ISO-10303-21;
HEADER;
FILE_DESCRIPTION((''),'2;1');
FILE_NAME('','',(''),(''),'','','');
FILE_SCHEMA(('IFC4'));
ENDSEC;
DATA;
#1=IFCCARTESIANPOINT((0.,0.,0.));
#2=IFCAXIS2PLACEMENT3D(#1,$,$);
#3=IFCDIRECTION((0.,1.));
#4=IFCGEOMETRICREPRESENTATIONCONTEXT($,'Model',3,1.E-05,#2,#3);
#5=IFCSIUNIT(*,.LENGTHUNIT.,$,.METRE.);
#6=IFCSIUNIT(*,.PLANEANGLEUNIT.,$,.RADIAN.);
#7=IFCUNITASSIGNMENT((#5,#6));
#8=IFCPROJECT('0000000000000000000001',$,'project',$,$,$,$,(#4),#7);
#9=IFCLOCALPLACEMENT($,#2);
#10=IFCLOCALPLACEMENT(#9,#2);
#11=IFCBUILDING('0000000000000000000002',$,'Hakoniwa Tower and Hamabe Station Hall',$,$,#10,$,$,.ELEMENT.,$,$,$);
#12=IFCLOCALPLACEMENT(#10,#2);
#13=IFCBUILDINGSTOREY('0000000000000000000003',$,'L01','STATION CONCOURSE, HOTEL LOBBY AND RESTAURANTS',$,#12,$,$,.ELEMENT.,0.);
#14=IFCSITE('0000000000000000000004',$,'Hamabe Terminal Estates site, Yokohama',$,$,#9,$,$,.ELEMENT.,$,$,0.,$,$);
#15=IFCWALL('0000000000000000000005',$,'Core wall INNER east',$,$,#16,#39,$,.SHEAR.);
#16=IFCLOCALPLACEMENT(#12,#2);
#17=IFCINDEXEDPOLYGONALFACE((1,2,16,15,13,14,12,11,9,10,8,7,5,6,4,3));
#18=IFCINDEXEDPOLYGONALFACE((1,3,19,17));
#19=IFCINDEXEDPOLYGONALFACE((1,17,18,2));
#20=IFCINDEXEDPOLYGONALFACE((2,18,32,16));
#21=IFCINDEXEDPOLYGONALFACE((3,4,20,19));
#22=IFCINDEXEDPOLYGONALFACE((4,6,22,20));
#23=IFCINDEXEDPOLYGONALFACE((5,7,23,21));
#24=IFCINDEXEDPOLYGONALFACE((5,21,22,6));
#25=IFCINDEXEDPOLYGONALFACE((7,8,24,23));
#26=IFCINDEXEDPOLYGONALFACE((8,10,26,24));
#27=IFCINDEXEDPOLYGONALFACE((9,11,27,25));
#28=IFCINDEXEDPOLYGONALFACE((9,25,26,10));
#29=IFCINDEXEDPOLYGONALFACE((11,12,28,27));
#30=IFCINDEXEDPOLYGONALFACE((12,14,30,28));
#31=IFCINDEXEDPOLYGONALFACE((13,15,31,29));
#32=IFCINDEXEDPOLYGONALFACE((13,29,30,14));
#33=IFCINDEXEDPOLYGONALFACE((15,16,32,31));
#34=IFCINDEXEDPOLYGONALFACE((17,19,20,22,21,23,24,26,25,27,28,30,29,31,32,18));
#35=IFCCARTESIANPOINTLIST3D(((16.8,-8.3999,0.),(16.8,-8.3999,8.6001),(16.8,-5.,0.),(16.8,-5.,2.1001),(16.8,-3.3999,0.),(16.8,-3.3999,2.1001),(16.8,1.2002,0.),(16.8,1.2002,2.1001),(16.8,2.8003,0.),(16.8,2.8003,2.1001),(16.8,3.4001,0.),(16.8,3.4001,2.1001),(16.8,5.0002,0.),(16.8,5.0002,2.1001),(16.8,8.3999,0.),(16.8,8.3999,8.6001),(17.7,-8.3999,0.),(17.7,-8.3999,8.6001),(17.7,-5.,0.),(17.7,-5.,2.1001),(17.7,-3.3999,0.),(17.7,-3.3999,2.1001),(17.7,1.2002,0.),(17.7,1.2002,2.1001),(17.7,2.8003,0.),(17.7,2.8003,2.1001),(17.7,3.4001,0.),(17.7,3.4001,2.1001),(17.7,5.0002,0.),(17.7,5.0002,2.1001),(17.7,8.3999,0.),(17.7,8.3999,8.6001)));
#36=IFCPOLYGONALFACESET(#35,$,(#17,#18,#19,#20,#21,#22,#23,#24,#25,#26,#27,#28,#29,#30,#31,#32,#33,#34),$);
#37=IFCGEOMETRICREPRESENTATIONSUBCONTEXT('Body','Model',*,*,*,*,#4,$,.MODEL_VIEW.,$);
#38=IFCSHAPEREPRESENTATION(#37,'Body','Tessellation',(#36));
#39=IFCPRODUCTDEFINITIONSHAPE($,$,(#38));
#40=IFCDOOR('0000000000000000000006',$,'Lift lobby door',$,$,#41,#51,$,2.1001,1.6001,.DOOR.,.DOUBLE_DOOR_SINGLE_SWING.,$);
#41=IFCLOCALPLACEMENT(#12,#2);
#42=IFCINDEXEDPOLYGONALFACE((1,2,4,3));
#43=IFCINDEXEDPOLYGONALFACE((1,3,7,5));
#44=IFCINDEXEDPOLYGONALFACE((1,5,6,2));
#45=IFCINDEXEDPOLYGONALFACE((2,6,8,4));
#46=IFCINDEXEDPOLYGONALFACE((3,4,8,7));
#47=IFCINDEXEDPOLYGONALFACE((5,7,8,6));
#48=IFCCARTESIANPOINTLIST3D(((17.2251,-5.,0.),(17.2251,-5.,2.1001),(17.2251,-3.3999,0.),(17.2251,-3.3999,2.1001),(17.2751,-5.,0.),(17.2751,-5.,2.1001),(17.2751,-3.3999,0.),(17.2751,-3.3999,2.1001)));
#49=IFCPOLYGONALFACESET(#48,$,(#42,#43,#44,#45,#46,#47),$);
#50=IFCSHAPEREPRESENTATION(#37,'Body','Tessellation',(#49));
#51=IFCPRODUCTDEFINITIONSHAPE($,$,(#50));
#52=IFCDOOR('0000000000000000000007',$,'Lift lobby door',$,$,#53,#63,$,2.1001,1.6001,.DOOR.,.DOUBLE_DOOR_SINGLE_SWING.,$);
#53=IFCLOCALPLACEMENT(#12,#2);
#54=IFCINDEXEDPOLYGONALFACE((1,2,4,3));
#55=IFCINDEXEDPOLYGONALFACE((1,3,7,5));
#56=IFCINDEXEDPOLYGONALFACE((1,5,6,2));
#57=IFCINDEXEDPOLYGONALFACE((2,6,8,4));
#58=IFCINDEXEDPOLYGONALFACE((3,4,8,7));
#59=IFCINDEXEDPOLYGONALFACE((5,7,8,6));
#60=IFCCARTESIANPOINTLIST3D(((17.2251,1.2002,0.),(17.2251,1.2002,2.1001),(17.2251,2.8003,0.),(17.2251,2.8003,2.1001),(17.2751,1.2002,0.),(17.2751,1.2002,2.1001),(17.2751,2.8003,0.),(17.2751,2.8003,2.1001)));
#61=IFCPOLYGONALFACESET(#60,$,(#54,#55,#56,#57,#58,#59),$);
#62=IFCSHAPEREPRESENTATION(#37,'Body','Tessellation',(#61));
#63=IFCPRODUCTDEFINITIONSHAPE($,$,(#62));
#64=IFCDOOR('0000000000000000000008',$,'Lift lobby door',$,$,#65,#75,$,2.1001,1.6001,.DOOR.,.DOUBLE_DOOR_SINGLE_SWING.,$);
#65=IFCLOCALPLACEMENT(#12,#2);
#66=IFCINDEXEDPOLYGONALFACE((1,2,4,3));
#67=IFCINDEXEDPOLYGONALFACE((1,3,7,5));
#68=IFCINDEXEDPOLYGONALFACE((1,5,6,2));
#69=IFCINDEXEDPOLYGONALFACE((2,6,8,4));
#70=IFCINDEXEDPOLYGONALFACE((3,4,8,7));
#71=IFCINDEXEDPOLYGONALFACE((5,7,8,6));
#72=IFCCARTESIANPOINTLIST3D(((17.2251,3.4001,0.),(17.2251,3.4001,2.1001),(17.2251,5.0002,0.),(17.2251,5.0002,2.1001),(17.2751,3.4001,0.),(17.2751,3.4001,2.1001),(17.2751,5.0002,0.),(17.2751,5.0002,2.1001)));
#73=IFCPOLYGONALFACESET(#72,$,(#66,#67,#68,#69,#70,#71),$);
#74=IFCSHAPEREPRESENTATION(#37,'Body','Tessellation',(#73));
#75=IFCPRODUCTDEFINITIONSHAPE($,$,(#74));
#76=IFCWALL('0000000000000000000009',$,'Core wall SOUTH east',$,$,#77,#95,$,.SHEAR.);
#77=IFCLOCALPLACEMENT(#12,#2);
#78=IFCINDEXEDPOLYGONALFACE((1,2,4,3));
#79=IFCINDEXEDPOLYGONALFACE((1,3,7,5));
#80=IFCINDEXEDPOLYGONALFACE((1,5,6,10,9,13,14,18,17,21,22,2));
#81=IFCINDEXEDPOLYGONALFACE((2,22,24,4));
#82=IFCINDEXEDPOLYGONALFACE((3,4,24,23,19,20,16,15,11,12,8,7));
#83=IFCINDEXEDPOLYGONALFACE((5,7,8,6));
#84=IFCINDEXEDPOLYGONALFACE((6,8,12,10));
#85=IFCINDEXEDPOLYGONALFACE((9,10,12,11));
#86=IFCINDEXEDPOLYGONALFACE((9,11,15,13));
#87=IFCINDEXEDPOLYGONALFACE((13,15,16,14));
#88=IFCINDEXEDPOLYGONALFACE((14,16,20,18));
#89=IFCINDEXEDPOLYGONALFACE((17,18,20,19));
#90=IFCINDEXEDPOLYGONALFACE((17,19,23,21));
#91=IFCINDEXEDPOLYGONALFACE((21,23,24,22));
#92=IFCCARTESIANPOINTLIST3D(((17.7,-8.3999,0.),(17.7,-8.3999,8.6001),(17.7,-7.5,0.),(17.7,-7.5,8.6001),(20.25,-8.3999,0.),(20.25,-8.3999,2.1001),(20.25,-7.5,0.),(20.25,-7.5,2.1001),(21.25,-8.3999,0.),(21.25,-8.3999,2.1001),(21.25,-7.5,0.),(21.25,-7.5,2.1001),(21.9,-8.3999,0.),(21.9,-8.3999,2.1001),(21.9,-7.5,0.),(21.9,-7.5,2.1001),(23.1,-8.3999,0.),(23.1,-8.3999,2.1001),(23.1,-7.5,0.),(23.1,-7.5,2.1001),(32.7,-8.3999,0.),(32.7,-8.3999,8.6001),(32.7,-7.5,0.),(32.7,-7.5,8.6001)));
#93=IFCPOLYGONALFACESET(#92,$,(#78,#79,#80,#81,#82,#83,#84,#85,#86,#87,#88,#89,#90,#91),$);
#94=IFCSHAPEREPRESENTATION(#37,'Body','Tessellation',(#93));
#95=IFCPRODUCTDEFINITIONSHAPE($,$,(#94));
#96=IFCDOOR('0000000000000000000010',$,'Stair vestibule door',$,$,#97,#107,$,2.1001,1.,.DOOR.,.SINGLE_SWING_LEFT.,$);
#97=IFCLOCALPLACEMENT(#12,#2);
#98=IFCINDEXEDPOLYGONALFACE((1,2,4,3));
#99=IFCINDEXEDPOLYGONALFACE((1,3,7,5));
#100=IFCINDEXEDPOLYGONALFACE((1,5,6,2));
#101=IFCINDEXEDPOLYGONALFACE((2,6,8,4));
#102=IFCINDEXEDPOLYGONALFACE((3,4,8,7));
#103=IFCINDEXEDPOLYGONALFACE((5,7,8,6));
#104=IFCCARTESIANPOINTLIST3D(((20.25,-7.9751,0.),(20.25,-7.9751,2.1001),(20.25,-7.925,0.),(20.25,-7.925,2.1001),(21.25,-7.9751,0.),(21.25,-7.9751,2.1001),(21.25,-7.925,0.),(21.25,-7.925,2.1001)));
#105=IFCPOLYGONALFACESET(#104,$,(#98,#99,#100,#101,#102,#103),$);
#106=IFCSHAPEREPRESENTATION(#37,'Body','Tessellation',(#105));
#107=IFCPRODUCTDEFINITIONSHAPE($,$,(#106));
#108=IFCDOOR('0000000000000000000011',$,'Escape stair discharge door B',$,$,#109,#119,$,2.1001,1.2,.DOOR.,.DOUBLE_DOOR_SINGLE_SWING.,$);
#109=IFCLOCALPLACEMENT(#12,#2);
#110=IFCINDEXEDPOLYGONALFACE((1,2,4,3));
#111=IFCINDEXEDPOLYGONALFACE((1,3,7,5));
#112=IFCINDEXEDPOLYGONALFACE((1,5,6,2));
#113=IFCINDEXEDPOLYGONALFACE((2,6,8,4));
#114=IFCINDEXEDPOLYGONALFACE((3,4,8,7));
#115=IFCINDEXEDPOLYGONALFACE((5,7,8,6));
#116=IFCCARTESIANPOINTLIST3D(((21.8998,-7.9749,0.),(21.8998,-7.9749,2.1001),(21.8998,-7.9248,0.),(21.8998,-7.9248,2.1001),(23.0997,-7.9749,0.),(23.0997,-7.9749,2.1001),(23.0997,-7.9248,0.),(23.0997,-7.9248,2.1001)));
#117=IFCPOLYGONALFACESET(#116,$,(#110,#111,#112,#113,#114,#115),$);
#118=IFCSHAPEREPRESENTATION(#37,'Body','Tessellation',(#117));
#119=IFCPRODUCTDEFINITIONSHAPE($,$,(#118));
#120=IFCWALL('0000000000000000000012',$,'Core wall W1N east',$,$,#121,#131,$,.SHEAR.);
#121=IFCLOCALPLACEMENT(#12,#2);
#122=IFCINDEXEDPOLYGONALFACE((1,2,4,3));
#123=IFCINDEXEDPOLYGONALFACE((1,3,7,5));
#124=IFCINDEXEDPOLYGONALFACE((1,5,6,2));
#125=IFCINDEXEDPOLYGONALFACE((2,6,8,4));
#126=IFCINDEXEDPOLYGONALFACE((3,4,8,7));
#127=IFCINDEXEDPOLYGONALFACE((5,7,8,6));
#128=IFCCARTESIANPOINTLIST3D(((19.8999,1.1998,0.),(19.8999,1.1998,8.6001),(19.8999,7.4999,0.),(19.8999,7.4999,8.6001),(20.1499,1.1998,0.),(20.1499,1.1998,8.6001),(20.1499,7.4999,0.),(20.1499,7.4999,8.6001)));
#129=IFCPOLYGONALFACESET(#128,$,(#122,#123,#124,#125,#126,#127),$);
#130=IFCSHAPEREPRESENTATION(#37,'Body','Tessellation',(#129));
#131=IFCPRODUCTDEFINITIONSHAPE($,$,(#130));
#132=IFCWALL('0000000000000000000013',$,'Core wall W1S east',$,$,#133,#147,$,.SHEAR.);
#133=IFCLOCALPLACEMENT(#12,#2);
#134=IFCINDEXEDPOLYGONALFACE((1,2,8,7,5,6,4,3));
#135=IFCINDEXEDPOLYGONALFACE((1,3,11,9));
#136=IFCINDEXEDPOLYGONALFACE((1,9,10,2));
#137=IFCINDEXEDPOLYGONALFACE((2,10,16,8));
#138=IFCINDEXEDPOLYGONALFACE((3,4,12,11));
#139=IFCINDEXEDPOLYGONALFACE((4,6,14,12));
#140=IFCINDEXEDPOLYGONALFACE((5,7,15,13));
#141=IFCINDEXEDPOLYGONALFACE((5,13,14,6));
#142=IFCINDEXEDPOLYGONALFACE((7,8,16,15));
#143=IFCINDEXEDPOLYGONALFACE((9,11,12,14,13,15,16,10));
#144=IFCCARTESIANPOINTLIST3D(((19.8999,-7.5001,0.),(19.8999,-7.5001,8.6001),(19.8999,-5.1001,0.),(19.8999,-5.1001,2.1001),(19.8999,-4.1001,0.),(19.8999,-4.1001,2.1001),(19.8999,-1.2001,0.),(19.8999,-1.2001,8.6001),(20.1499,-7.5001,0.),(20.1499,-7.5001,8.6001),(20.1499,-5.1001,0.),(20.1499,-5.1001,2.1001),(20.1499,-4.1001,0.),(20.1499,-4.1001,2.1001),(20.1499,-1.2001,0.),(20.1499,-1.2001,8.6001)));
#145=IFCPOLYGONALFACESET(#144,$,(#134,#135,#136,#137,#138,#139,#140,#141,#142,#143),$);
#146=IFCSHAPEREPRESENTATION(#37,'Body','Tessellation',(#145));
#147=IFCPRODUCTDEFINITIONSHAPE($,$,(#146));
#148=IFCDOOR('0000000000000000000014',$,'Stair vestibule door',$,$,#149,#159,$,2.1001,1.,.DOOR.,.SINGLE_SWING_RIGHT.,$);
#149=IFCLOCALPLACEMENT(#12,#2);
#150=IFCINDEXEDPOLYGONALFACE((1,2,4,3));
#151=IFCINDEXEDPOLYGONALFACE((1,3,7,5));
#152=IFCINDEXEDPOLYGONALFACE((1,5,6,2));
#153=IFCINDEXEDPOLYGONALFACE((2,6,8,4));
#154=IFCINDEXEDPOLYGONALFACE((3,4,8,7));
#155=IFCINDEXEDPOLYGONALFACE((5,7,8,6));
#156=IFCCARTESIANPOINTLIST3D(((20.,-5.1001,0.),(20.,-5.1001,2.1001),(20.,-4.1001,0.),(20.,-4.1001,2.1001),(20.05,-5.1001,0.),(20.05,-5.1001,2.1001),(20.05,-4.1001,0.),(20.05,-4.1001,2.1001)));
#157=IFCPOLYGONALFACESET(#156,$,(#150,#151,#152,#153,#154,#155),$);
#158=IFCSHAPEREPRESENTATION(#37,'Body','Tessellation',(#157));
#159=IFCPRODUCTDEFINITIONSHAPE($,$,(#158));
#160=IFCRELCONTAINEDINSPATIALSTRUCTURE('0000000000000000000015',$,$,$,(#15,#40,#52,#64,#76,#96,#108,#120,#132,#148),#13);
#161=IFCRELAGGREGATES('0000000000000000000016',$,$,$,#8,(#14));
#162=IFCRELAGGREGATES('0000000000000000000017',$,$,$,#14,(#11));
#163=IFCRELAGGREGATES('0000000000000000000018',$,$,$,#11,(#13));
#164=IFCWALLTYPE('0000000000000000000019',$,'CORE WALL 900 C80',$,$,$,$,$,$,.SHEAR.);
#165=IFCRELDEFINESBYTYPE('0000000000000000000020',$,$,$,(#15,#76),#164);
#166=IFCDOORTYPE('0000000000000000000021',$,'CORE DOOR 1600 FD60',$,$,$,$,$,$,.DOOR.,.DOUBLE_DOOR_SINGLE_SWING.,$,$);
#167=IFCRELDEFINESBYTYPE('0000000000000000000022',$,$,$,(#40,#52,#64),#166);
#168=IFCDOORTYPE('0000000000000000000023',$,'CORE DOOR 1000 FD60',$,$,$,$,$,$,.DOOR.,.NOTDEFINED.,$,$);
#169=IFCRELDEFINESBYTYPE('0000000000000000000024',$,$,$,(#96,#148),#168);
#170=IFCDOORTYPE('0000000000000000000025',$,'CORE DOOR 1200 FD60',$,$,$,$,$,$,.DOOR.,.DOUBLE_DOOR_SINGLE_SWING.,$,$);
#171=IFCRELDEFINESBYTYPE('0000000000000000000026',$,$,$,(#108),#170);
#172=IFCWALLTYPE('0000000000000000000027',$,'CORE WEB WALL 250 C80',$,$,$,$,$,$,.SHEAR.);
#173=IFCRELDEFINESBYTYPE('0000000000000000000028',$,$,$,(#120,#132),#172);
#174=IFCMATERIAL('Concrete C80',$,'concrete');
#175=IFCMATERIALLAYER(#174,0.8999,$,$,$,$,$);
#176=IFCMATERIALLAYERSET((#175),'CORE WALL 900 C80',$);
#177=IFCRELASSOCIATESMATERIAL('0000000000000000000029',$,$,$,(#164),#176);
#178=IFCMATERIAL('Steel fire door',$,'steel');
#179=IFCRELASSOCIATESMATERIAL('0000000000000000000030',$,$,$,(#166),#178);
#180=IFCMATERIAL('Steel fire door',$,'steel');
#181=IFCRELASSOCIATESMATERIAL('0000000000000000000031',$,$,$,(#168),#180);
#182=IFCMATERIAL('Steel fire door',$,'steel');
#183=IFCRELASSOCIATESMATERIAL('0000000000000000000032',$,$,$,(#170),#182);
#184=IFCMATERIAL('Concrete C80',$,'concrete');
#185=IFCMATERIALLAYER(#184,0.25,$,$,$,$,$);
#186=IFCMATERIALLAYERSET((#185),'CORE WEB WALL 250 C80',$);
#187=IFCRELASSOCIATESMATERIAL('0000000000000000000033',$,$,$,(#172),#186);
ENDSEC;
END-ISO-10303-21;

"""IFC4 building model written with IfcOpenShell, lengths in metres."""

from ifc_helpers import new_model, si_unit, direction, frame, frame_2d, origin, place, context, subcontext, project, spatial, rectangle, extrude, material, layer, layer_set, type_object, element, fill, save


model = new_model("IFC4")

# Units and contexts
model_context = context("Model", 3, precision=1e-05, world=origin(), true_north=direction((0.0, 1.0)))
body_context = subcontext(model_context, "Body", "Model", "MODEL_VIEW")
ifc_project = project(units=[si_unit("LENGTHUNIT", "METRE"), si_unit("PLANEANGLEUNIT", "RADIAN")], contexts=[model_context])

# Site, building, storey
site_placement = place(None, origin())
site = spatial("IfcSite", under=ifc_project, at=site_placement, Name="Hamabe Terminal Estates site, Yokohama", CompositionType="ELEMENT", RefElevation=0.0)
building_placement = place(site_placement, origin())
building = spatial("IfcBuilding", under=site, at=building_placement, Name="Hakoniwa Tower and Hamabe Station Hall", CompositionType="ELEMENT")
storey_placement = place(building_placement, origin())
storey = spatial("IfcBuildingStorey", under=building, at=storey_placement, Name="L01", Description="STATION CONCOURSE, HOTEL LOBBY AND RESTAURANTS", CompositionType="ELEMENT", Elevation=0.0)

# Walls, openings, doors
ifc_material_1 = material(Name="Concrete C80", Category="concrete")
ifc_layer_1 = layer(ifc_material_1, 0.8999)
ifc_layer_set_1 = layer_set([ifc_layer_1], Name="CORE WALL 900 C80")
wall_type_1 = type_object("IfcWallType", Name="CORE WALL 900 C80", PredefinedType="SHEAR", material=ifc_layer_set_1)
wall_1_placement = place(storey_placement, frame((17.25, -8.3999, 0.0), z_axis=(0.0, 0.0, 1.0), x_axis=(0.0, 1.0, 0.0)))
wall_1 = element("IfcWall", 1, at=wall_1_placement, inside=storey, type_object=wall_type_1, Name="Core wall INNER east", PredefinedType="SHEAR", context=body_context, shape_type="SweptSolid", body=[
    extrude(rectangle(XDim=16.7998, YDim=0.8999, at=frame_2d((8.3999, 0.0))), origin(), (0.0, 0.0, 1.0), 8.6001),
])
opening_1_placement = place(wall_1_placement, frame((3.3999, 0.0, 0.0)))
opening_1 = element("IfcOpeningElement", 2, at=opening_1_placement, cuts=wall_1, PredefinedType="OPENING", context=body_context, shape_type="SweptSolid", body=[
    extrude(rectangle(XDim=1.6001, YDim=2.1001, at=frame_2d((0.8, 1.05))), frame((0.0, 0.46, 0.0), z_axis=(0.0, -1.0, 0.0), x_axis=(1.0, 0.0, 0.0)), (0.0, 0.0, 1.0), 0.9199),
])
opening_2_placement = place(wall_1_placement, frame((9.6001, 0.0, 0.0)))
opening_2 = element("IfcOpeningElement", 3, at=opening_2_placement, cuts=wall_1, PredefinedType="OPENING", context=body_context, shape_type="SweptSolid", body=[
    extrude(rectangle(XDim=1.6001, YDim=2.1001, at=frame_2d((0.8, 1.05))), frame((0.0, 0.46, 0.0), z_axis=(0.0, -1.0, 0.0), x_axis=(1.0, 0.0, 0.0)), (0.0, 0.0, 1.0), 0.9199),
])
opening_3_placement = place(wall_1_placement, frame((11.8, 0.0, 0.0)))
opening_3 = element("IfcOpeningElement", 4, at=opening_3_placement, cuts=wall_1, PredefinedType="OPENING", context=body_context, shape_type="SweptSolid", body=[
    extrude(rectangle(XDim=1.6001, YDim=2.1001, at=frame_2d((0.8, 1.05))), frame((0.0, 0.46, 0.0), z_axis=(0.0, -1.0, 0.0), x_axis=(1.0, 0.0, 0.0)), (0.0, 0.0, 1.0), 0.9199),
])
ifc_material_2 = material(Name="Steel fire door", Category="steel")
door_type_1 = type_object("IfcDoorType", Name="CORE DOOR 1600 FD60", OperationType="DOUBLE_DOOR_SINGLE_SWING", PredefinedType="DOOR", material=ifc_material_2)
door_1_placement = place(opening_1_placement, origin())
door_1 = element("IfcDoor", 5, at=door_1_placement, inside=storey, type_object=door_type_1, Name="Lift lobby door", OperationType="DOUBLE_DOOR_SINGLE_SWING", OverallHeight=2.1001, OverallWidth=1.6001, PredefinedType="DOOR", context=body_context, shape_type="SweptSolid", body=[
    extrude(rectangle(XDim=1.6001, YDim=2.1001, at=frame_2d((0.8, 1.05))), frame((0.0, 0.0249, 0.0), z_axis=(0.0, -1.0, 0.0), x_axis=(1.0, 0.0, 0.0)), (0.0, 0.0, 1.0), 0.05),
])
fill(opening_1, door_1)
door_2_placement = place(opening_2_placement, origin())
door_2 = element("IfcDoor", 6, at=door_2_placement, inside=storey, type_object=door_type_1, Name="Lift lobby door", OperationType="DOUBLE_DOOR_SINGLE_SWING", OverallHeight=2.1001, OverallWidth=1.6001, PredefinedType="DOOR", context=body_context, shape_type="SweptSolid", body=[
    extrude(rectangle(XDim=1.6001, YDim=2.1001, at=frame_2d((0.8, 1.05))), frame((0.0, 0.0249, 0.0), z_axis=(0.0, -1.0, 0.0), x_axis=(1.0, 0.0, 0.0)), (0.0, 0.0, 1.0), 0.05),
])
fill(opening_2, door_2)
door_3_placement = place(opening_3_placement, origin())
door_3 = element("IfcDoor", 7, at=door_3_placement, inside=storey, type_object=door_type_1, Name="Lift lobby door", OperationType="DOUBLE_DOOR_SINGLE_SWING", OverallHeight=2.1001, OverallWidth=1.6001, PredefinedType="DOOR", context=body_context, shape_type="SweptSolid", body=[
    extrude(rectangle(XDim=1.6001, YDim=2.1001, at=frame_2d((0.8, 1.05))), frame((0.0, 0.0249, 0.0), z_axis=(0.0, -1.0, 0.0), x_axis=(1.0, 0.0, 0.0)), (0.0, 0.0, 1.0), 0.05),
])
fill(opening_3, door_3)
wall_2_placement = place(storey_placement, frame((17.7, -7.95, 0.0), z_axis=(0.0, 0.0, 1.0), x_axis=(1.0, 0.0, 0.0)))
wall_2 = element("IfcWall", 8, at=wall_2_placement, inside=storey, type_object=wall_type_1, Name="Core wall SOUTH east", PredefinedType="SHEAR", context=body_context, shape_type="SweptSolid", body=[
    extrude(rectangle(XDim=15.0, YDim=0.8999, at=frame_2d((7.5, 0.0))), origin(), (0.0, 0.0, 1.0), 8.6001),
])
opening_4_placement = place(wall_2_placement, frame((2.55, 0.0, 0.0)))
opening_4 = element("IfcOpeningElement", 9, at=opening_4_placement, cuts=wall_2, PredefinedType="OPENING", context=body_context, shape_type="SweptSolid", body=[
    extrude(rectangle(XDim=1.0, YDim=2.1001, at=frame_2d((0.5, 1.05))), frame((0.0, 0.46, 0.0), z_axis=(0.0, -1.0, 0.0), x_axis=(1.0, 0.0, 0.0)), (0.0, 0.0, 1.0), 0.9199),
])
opening_5_placement = place(wall_2_placement, frame((4.2, 0.0, 0.0)))
opening_5 = element("IfcOpeningElement", 10, at=opening_5_placement, cuts=wall_2, PredefinedType="OPENING", context=body_context, shape_type="SweptSolid", body=[
    extrude(rectangle(XDim=1.2, YDim=2.1001, at=frame_2d((0.6001, 1.05))), frame((0.0, 0.46, 0.0), z_axis=(0.0, -1.0, 0.0), x_axis=(1.0, 0.0, 0.0)), (0.0, 0.0, 1.0), 0.9199),
])
ifc_material_3 = material(Name="Steel fire door", Category="steel")
door_type_2 = type_object("IfcDoorType", Name="CORE DOOR 1000 FD60", OperationType="NOTDEFINED", PredefinedType="DOOR", material=ifc_material_3)
door_4_placement = place(opening_4_placement, origin())
door_4 = element("IfcDoor", 11, at=door_4_placement, inside=storey, type_object=door_type_2, Name="Stair vestibule door", OperationType="SINGLE_SWING_LEFT", OverallHeight=2.1001, OverallWidth=1.0, PredefinedType="DOOR", context=body_context, shape_type="SweptSolid", body=[
    extrude(rectangle(XDim=1.0, YDim=2.1001, at=frame_2d((0.5, 1.05))), frame((0.0, 0.0249, 0.0), z_axis=(0.0, -1.0, 0.0), x_axis=(1.0, 0.0, 0.0)), (0.0, 0.0, 1.0), 0.05),
])
fill(opening_4, door_4)
ifc_material_4 = material(Name="Steel fire door", Category="steel")
door_type_3 = type_object("IfcDoorType", Name="CORE DOOR 1200 FD60", OperationType="DOUBLE_DOOR_SINGLE_SWING", PredefinedType="DOOR", material=ifc_material_4)
door_5_placement = place(opening_5_placement, frame((1.2, 0.0, 0.0), z_axis=(0.0, 0.0, 1.0), x_axis=(-1.0, 0.0, 0.0)))
door_5 = element("IfcDoor", 12, at=door_5_placement, inside=storey, type_object=door_type_3, Name="Escape stair discharge door B", OperationType="DOUBLE_DOOR_SINGLE_SWING", OverallHeight=2.1001, OverallWidth=1.2, PredefinedType="DOOR", context=body_context, shape_type="SweptSolid", body=[
    extrude(rectangle(XDim=1.2, YDim=2.1001, at=frame_2d((0.6001, 1.05))), frame((0.0, 0.0249, 0.0), z_axis=(0.0, -1.0, 0.0), x_axis=(1.0, 0.0, 0.0)), (0.0, 0.0, 1.0), 0.05),
])
fill(opening_5, door_5)

# Wall
ifc_material_5 = material(Name="Concrete C80", Category="concrete")
ifc_layer_2 = layer(ifc_material_5, 0.25)
ifc_layer_set_2 = layer_set([ifc_layer_2], Name="CORE WEB WALL 250 C80")
wall_type_2 = type_object("IfcWallType", Name="CORE WEB WALL 250 C80", PredefinedType="SHEAR", material=ifc_layer_set_2)
wall_3_placement = place(storey_placement, frame((20.0249, 1.2, 0.0), z_axis=(0.0, 0.0, 1.0), x_axis=(0.0, 1.0, 0.0)))
element("IfcWall", 13, at=wall_3_placement, inside=storey, type_object=wall_type_2, Name="Core wall W1N east", PredefinedType="SHEAR", context=body_context, shape_type="SweptSolid", body=[
    extrude(rectangle(XDim=6.3, YDim=0.25, at=frame_2d((3.1499, 0.0))), origin(), (0.0, 0.0, 1.0), 8.6001),
])

# Wall, opening, door
wall_4_placement = place(storey_placement, frame((20.0249, -7.5, 0.0), z_axis=(0.0, 0.0, 1.0), x_axis=(0.0, 1.0, 0.0)))
wall_4 = element("IfcWall", 14, at=wall_4_placement, inside=storey, type_object=wall_type_2, Name="Core wall W1S east", PredefinedType="SHEAR", context=body_context, shape_type="SweptSolid", body=[
    extrude(rectangle(XDim=6.3, YDim=0.25, at=frame_2d((3.1499, 0.0))), origin(), (0.0, 0.0, 1.0), 8.6001),
])
opening_6_placement = place(wall_4_placement, frame((2.3999, 0.0, 0.0)))
opening_6 = element("IfcOpeningElement", 15, at=opening_6_placement, cuts=wall_4, PredefinedType="OPENING", context=body_context, shape_type="SweptSolid", body=[
    extrude(rectangle(XDim=1.0, YDim=2.1001, at=frame_2d((0.5, 1.05))), frame((0.0, 0.135, 0.0), z_axis=(0.0, -1.0, 0.0), x_axis=(1.0, 0.0, 0.0)), (0.0, 0.0, 1.0), 0.27),
])
door_6_placement = place(opening_6_placement, origin())
door_6 = element("IfcDoor", 16, at=door_6_placement, inside=storey, type_object=door_type_2, Name="Stair vestibule door", OperationType="SINGLE_SWING_RIGHT", OverallHeight=2.1001, OverallWidth=1.0, PredefinedType="DOOR", context=body_context, shape_type="SweptSolid", body=[
    extrude(rectangle(XDim=1.0, YDim=2.1001, at=frame_2d((0.5, 1.05))), frame((0.0, 0.0249, 0.0), z_axis=(0.0, -1.0, 0.0), x_axis=(1.0, 0.0, 0.0)), (0.0, 0.0, 1.0), 0.05),
])
fill(opening_6, door_6)

save(model, "model.ifc")
